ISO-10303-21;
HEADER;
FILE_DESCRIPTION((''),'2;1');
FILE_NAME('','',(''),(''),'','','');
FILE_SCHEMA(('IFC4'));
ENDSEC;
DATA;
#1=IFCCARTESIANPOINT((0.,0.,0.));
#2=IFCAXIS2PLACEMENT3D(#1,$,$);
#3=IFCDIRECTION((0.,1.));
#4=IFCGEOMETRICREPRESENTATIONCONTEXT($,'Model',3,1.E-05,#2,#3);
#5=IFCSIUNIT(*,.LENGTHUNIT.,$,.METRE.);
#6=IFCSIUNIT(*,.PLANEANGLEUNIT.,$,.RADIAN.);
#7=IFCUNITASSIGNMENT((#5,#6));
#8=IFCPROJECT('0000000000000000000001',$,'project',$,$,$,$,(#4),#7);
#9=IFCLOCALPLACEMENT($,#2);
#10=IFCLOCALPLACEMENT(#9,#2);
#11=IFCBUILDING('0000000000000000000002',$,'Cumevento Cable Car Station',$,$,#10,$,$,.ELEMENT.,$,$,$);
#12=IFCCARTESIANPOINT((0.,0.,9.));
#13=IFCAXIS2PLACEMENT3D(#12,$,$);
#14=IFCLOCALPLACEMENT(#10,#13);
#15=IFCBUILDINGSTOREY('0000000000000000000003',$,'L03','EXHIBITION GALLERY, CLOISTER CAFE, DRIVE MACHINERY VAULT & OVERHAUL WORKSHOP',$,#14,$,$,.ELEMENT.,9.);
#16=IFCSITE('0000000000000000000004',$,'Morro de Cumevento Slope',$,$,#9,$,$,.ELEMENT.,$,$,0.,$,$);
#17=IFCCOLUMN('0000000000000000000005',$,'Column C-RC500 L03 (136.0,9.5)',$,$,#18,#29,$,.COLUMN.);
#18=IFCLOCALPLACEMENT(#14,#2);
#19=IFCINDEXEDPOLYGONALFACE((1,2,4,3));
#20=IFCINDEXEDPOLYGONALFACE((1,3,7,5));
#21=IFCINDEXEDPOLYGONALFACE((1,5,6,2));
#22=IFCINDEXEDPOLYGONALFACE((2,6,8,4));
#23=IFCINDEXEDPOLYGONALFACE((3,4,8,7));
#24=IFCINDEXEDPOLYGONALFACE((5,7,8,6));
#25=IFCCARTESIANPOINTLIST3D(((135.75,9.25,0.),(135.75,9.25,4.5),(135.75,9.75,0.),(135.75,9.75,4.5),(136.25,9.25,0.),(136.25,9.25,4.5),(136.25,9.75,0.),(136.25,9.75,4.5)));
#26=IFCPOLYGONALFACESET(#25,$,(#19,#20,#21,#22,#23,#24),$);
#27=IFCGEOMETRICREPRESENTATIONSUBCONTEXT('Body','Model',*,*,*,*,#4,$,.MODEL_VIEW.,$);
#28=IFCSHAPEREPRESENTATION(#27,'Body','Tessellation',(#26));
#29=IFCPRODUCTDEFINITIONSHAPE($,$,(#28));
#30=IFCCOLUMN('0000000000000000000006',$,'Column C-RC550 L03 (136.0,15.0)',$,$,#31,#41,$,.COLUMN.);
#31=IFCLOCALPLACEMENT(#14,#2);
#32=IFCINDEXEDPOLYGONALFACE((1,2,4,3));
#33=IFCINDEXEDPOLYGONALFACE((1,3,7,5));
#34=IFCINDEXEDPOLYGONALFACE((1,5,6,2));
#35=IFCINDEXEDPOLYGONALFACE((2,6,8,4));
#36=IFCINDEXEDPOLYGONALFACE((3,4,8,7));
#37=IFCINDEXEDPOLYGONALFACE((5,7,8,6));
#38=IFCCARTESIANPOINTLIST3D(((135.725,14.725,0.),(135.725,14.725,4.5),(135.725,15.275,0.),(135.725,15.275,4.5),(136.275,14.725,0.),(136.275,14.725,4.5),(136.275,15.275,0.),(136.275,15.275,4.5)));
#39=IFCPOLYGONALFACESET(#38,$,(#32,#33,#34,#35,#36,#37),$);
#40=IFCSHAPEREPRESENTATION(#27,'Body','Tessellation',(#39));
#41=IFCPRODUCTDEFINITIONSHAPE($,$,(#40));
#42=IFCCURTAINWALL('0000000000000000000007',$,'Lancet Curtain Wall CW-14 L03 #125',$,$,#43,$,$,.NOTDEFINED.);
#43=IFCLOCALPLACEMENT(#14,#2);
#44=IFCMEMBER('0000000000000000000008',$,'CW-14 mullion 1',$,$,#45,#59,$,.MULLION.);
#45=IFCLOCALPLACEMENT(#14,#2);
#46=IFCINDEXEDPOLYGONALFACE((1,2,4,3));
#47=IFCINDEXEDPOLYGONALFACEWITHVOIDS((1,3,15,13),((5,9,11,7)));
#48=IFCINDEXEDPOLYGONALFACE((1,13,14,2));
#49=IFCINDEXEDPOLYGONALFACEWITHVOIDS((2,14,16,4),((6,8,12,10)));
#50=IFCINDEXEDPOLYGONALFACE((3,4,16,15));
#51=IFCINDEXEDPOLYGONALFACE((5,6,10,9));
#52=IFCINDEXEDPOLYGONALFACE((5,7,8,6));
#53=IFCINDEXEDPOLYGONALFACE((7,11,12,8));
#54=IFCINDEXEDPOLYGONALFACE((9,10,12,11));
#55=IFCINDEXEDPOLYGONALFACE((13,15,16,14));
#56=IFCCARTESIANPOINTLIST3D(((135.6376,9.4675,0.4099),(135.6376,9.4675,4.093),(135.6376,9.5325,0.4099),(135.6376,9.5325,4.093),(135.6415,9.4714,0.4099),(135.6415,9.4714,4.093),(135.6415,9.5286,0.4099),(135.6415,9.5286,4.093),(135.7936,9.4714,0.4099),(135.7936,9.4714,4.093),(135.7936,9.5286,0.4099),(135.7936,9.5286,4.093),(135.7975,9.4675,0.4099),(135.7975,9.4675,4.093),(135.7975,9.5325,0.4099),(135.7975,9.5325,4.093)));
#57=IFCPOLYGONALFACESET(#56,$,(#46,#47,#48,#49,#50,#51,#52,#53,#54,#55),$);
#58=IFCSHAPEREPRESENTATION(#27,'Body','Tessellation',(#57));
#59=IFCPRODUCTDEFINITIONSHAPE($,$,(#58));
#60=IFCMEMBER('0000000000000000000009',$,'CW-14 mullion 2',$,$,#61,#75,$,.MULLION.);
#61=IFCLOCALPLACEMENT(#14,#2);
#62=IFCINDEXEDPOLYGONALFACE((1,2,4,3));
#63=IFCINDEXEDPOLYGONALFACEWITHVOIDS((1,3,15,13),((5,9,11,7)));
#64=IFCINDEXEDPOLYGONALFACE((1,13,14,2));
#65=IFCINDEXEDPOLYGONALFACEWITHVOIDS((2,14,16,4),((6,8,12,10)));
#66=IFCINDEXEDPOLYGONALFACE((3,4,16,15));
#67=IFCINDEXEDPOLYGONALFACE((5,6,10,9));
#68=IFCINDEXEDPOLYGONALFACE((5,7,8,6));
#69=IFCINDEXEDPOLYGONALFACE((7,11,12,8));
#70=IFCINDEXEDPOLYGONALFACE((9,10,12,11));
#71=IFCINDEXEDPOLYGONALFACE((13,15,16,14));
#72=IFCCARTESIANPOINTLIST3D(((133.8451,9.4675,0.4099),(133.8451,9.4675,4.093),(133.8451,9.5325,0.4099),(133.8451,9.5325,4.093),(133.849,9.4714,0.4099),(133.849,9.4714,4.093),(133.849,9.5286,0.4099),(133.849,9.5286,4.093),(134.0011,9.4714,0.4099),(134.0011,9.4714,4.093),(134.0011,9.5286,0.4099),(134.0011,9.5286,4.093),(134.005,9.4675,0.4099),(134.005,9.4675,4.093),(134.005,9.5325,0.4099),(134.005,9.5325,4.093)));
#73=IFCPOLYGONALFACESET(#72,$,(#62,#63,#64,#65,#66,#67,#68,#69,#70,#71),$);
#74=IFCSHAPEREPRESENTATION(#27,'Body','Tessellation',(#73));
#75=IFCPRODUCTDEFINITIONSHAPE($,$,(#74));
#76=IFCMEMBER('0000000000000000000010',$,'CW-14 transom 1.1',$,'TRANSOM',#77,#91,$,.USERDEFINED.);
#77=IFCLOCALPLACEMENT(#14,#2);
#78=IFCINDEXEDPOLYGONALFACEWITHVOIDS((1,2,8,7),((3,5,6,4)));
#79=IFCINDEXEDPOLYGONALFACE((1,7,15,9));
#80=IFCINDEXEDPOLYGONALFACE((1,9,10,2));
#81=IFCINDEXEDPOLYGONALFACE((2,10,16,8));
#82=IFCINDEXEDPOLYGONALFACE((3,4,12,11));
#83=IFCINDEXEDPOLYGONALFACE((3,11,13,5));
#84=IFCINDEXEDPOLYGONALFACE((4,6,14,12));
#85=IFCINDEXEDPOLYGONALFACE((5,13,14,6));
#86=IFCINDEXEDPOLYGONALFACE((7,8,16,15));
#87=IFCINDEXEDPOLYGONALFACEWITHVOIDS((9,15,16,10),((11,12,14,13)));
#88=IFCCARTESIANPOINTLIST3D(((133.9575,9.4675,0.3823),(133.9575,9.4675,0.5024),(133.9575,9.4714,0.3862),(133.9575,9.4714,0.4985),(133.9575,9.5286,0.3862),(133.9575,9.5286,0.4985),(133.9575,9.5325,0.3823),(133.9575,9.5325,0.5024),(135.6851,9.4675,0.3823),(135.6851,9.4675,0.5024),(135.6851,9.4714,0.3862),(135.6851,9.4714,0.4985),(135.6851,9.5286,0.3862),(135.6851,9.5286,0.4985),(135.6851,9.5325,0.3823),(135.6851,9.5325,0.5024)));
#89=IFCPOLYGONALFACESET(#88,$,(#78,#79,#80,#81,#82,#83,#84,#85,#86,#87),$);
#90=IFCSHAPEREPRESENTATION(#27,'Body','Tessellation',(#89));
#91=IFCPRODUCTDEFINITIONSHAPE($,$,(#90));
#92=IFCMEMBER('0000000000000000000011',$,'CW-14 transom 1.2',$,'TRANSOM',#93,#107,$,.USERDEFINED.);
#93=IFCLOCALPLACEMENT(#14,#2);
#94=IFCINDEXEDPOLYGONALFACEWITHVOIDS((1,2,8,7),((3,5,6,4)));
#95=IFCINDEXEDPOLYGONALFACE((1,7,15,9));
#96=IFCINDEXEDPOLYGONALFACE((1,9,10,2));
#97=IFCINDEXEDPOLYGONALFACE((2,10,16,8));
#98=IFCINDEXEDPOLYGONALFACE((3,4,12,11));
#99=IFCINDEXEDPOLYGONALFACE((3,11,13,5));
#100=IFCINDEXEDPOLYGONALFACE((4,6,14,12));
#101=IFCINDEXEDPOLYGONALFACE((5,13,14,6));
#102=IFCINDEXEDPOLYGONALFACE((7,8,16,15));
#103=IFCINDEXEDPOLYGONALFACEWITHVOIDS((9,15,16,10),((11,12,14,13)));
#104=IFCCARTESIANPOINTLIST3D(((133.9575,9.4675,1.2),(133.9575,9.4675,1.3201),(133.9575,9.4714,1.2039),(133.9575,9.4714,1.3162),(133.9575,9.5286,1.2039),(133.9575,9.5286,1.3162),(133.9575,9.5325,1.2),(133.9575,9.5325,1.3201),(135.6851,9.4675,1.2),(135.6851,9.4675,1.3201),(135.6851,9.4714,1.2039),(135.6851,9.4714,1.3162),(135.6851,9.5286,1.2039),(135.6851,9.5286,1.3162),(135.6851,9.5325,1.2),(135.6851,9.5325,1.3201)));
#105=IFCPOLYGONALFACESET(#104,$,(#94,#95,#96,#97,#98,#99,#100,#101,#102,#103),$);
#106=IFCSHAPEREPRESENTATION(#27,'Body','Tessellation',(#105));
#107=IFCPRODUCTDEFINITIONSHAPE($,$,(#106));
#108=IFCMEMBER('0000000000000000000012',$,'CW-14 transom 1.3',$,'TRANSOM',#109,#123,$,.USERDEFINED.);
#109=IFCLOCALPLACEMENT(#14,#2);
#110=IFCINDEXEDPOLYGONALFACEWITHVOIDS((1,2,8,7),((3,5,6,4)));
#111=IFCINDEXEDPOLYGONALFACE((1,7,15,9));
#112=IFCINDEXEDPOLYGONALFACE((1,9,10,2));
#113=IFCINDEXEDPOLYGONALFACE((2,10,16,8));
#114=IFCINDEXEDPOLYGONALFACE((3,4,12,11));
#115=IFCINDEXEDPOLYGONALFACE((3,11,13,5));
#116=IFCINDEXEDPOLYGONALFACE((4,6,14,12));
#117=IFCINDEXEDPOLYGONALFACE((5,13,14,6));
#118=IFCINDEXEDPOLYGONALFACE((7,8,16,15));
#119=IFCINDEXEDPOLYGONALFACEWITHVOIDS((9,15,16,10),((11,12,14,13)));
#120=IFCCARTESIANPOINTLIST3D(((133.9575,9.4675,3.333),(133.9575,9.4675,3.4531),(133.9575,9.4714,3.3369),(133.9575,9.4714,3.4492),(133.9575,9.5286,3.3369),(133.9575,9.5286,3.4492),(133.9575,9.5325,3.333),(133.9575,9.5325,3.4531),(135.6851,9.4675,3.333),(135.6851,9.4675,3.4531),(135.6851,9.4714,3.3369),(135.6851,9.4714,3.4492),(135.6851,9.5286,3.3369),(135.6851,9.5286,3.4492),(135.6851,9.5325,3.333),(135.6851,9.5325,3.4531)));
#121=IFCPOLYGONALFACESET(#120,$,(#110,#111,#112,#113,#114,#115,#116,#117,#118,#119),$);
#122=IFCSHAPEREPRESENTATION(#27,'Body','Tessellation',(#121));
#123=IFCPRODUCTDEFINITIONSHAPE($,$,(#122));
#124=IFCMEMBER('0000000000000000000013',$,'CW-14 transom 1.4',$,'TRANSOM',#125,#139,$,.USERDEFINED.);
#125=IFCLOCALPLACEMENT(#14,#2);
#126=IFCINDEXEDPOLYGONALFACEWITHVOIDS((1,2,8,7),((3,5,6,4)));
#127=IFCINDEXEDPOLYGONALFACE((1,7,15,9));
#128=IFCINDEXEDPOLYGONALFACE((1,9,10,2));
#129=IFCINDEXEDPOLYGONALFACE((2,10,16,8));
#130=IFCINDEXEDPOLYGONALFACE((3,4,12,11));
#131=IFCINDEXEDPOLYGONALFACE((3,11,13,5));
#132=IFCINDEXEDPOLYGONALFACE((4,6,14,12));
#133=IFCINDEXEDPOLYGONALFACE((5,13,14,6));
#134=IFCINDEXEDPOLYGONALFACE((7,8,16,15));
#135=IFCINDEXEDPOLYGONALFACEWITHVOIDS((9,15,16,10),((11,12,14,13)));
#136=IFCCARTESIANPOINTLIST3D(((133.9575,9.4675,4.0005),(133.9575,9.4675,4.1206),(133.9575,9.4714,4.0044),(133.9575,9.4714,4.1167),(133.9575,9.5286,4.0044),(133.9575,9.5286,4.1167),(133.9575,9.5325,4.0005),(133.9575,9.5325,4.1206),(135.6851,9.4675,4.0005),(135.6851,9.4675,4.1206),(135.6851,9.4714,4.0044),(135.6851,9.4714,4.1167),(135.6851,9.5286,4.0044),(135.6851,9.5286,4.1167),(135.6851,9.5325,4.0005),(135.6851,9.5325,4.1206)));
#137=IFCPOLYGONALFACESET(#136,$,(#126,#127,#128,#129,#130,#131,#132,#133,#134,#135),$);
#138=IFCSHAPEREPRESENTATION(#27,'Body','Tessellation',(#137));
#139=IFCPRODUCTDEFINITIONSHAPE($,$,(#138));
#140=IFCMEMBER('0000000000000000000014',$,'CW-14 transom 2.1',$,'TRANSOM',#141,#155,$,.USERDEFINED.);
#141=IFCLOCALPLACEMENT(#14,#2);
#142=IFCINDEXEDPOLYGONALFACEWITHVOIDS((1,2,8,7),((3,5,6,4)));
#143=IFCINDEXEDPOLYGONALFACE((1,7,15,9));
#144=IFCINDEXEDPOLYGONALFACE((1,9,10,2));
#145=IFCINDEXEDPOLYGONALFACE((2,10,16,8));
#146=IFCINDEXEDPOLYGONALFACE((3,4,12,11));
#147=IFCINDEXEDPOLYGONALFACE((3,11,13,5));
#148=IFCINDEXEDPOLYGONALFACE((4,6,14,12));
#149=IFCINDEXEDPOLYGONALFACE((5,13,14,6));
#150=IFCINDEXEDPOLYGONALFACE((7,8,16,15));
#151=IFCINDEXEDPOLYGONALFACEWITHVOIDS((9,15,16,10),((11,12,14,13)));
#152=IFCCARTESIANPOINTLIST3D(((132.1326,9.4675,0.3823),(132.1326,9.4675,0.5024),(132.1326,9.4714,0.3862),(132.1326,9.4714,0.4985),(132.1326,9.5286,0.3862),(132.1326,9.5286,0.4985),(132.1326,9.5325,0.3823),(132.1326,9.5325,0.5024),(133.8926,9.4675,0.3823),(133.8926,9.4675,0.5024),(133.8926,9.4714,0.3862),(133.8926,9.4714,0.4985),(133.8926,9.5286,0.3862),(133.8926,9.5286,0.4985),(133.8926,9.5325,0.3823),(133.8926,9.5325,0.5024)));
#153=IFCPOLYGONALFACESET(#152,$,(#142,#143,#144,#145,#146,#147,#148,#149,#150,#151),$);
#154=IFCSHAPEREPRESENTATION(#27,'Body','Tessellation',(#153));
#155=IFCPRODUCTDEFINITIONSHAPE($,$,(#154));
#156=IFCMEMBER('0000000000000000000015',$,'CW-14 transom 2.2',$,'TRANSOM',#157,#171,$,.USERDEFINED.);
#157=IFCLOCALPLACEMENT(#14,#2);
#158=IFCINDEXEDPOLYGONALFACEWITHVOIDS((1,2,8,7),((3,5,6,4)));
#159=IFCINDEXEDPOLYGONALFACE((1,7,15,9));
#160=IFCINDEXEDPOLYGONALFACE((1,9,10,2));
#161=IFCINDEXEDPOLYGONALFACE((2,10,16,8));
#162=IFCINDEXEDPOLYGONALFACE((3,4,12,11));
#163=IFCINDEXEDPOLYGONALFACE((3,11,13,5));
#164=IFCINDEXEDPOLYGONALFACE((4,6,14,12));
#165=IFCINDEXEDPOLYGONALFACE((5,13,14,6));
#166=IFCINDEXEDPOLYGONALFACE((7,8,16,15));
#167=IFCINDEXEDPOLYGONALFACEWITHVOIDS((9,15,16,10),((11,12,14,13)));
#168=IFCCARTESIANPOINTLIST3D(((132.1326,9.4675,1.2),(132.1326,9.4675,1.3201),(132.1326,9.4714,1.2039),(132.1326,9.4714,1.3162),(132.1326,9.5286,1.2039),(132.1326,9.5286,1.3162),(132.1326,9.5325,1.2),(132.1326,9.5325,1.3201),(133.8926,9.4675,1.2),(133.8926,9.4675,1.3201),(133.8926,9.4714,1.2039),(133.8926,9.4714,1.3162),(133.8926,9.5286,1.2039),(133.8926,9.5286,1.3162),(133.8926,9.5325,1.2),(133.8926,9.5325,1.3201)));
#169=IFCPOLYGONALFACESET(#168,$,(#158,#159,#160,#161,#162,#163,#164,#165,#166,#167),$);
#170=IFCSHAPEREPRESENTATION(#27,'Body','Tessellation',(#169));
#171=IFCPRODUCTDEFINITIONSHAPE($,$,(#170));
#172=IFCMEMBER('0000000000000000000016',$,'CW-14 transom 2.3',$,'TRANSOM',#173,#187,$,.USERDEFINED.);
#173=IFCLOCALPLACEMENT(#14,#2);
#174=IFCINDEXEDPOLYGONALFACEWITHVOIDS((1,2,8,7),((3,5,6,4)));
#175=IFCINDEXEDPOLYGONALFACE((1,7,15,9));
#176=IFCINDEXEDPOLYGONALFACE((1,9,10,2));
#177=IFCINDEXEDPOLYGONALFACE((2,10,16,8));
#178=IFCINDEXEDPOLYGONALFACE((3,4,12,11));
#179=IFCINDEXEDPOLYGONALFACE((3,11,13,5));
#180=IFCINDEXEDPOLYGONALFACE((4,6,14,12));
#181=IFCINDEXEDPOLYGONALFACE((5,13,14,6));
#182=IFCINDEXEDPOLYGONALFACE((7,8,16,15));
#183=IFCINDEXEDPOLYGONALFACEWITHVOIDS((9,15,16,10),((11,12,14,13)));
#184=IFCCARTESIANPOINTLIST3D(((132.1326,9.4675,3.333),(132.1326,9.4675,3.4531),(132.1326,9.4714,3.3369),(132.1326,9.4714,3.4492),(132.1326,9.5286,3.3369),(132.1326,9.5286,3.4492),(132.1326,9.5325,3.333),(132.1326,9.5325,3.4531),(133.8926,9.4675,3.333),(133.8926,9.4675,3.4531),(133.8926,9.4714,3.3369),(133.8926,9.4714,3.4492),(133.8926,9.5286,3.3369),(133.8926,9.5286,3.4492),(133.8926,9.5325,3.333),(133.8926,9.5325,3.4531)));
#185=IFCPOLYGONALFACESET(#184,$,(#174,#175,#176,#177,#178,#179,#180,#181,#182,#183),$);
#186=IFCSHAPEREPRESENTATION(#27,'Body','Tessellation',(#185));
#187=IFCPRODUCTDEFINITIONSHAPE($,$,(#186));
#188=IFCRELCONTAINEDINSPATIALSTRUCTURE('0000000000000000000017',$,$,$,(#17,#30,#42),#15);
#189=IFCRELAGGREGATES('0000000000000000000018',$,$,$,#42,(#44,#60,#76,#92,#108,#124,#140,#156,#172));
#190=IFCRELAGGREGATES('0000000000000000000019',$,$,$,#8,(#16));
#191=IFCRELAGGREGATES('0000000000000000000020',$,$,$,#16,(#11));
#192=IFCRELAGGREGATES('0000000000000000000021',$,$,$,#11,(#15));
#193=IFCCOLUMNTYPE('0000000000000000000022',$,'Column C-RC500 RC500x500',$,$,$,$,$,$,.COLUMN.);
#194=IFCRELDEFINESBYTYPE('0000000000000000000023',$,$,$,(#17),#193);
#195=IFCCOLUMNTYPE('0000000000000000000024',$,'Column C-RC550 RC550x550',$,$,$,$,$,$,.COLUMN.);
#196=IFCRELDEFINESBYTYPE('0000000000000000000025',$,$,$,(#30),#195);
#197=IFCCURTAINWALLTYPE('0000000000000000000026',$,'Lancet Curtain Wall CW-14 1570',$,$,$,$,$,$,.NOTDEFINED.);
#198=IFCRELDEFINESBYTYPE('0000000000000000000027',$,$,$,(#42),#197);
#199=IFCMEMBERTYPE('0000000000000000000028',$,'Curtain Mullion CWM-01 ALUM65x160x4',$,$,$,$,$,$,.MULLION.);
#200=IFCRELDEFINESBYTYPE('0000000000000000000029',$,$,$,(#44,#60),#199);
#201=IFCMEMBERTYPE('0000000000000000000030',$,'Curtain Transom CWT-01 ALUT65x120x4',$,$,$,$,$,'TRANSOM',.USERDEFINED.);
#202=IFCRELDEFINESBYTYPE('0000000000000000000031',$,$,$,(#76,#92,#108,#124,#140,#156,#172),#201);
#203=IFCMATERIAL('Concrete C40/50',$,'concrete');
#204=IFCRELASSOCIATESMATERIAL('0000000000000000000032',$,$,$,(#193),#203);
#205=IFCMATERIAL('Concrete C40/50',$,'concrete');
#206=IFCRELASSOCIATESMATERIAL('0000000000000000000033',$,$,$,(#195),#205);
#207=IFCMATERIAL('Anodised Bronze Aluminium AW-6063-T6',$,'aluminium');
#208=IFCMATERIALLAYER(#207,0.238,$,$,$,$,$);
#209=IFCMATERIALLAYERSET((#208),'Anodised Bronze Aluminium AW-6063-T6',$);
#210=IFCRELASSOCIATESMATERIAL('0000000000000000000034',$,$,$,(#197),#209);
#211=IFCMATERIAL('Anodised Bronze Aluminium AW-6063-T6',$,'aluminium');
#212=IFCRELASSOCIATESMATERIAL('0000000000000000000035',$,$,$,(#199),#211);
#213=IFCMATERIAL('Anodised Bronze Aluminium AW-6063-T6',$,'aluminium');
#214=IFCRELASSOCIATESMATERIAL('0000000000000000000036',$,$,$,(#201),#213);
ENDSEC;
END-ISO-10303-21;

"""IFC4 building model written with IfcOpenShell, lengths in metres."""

from ifc_helpers import new_model, si_unit, direction, frame, origin, origin_2d, place, context, subcontext, project, spatial, rectangle, hollow_rectangle, extrude, material, layer, layer_set, material_profile, profile_set, type_object, element, aggregate, save


model = new_model("IFC4")

# Units and contexts
model_context = context("Model", 3, precision=1e-05, world=origin(), true_north=direction((0.0, 1.0)))
body_context = subcontext(model_context, "Body", "Model", "MODEL_VIEW")
ifc_project = project(units=[si_unit("LENGTHUNIT", "METRE"), si_unit("PLANEANGLEUNIT", "RADIAN")], contexts=[model_context])

# Site, building, storey
site_placement = place(None, origin())
site = spatial("IfcSite", under=ifc_project, at=site_placement, Name="Morro de Cumevento Slope", CompositionType="ELEMENT", RefElevation=0.0)
building_placement = place(site_placement, origin())
building = spatial("IfcBuilding", under=site, at=building_placement, Name="Cumevento Cable Car Station", CompositionType="ELEMENT")
storey_placement = place(building_placement, frame((0.0, 0.0, 9.0)))
storey = spatial("IfcBuildingStorey", under=building, at=storey_placement, Name="L03", Description="EXHIBITION GALLERY, CLOISTER CAFE, DRIVE MACHINERY VAULT & OVERHAUL WORKSHOP", CompositionType="ELEMENT", Elevation=9.0)

# Columns
ifc_material_1 = material(Name="Concrete C40/50", Category="concrete")
ifc_material_profile_1 = material_profile(ifc_material_1, rectangle(XDim=0.5, YDim=0.5, at=origin_2d()), Name="RC500x500")
ifc_profile_set_1 = profile_set([ifc_material_profile_1], Name="Concrete C40/50")
column_type_1 = type_object("IfcColumnType", Name="Column C-RC500 RC500x500", PredefinedType="COLUMN", material=ifc_profile_set_1)
column_1_placement = place(storey_placement, frame((136.0, 9.5, 0.0), z_axis=(0.0, 0.0, 1.0), x_axis=(1.0, 0.0, 0.0)))
element("IfcColumn", 1, at=column_1_placement, inside=storey, type_object=column_type_1, Name="Column C-RC500 L03 (136.0,9.5)", PredefinedType="COLUMN", context=body_context, shape_type="SweptSolid", body=[
    extrude(rectangle(XDim=0.5, YDim=0.5, at=origin_2d()), origin(), (0.0, 0.0, 1.0), 4.5),
])
ifc_material_2 = material(Name="Concrete C40/50", Category="concrete")
ifc_material_profile_2 = material_profile(ifc_material_2, rectangle(XDim=0.55, YDim=0.55, at=origin_2d()), Name="RC550x550")
ifc_profile_set_2 = profile_set([ifc_material_profile_2], Name="Concrete C40/50")
column_type_2 = type_object("IfcColumnType", Name="Column C-RC550 RC550x550", PredefinedType="COLUMN", material=ifc_profile_set_2)
column_2_placement = place(storey_placement, frame((136.0, 15.0, 0.0), z_axis=(0.0, 0.0, 1.0), x_axis=(1.0, 0.0, 0.0)))
element("IfcColumn", 2, at=column_2_placement, inside=storey, type_object=column_type_2, Name="Column C-RC550 L03 (136.0,15.0)", PredefinedType="COLUMN", context=body_context, shape_type="SweptSolid", body=[
    extrude(rectangle(XDim=0.55, YDim=0.55, at=origin_2d()), origin(), (0.0, 0.0, 1.0), 4.5),
])

# Curtain wall, members
ifc_material_3 = material(Name="Anodised Bronze Aluminium AW-6063-T6", Category="aluminium")
ifc_layer_1 = layer(ifc_material_3, 0.238)
ifc_layer_set_1 = layer_set([ifc_layer_1], Name="Anodised Bronze Aluminium AW-6063-T6")
curtain_wall_type = type_object("IfcCurtainWallType", Name="Lancet Curtain Wall CW-14 1570", PredefinedType="NOTDEFINED", material=ifc_layer_set_1)
curtain_wall_placement = place(storey_placement, origin())
curtain_wall = element("IfcCurtainWall", 3, at=curtain_wall_placement, inside=storey, type_object=curtain_wall_type, Name="Lancet Curtain Wall CW-14 L03 #125", PredefinedType="NOTDEFINED")
ifc_material_4 = material(Name="Anodised Bronze Aluminium AW-6063-T6", Category="aluminium")
ifc_material_profile_3 = material_profile(ifc_material_4, hollow_rectangle(XDim=0.0649, YDim=0.1599, WallThickness=0.0039, at=origin_2d()), Name="ALUM65x160x4")
ifc_profile_set_3 = profile_set([ifc_material_profile_3], Name="Anodised Bronze Aluminium AW-6063-T6")
member_type_1 = type_object("IfcMemberType", Name="Curtain Mullion CWM-01 ALUM65x160x4", PredefinedType="MULLION", material=ifc_profile_set_3)
member_1_placement = place(storey_placement, frame((135.7175, 9.5, 0.4099), z_axis=(0.0, 0.0, 1.0), x_axis=(0.0, -1.0, 0.0)))
member_1 = element("IfcMember", 4, at=member_1_placement, type_object=member_type_1, Name="CW-14 mullion 1", PredefinedType="MULLION", context=body_context, shape_type="SweptSolid", body=[
    extrude(hollow_rectangle(XDim=0.0649, YDim=0.1599, WallThickness=0.0039, at=origin_2d()), origin(), (0.0, 0.0, 1.0), 3.6831),
])
member_2_placement = place(storey_placement, frame((133.925, 9.5, 0.4099), z_axis=(0.0, 0.0, 1.0), x_axis=(0.0, -1.0, 0.0)))
member_2 = element("IfcMember", 5, at=member_2_placement, type_object=member_type_1, Name="CW-14 mullion 2", PredefinedType="MULLION", context=body_context, shape_type="SweptSolid", body=[
    extrude(hollow_rectangle(XDim=0.0649, YDim=0.1599, WallThickness=0.0039, at=origin_2d()), origin(), (0.0, 0.0, 1.0), 3.6831),
])
ifc_material_5 = material(Name="Anodised Bronze Aluminium AW-6063-T6", Category="aluminium")
ifc_material_profile_4 = material_profile(ifc_material_5, hollow_rectangle(XDim=0.0649, YDim=0.1201, WallThickness=0.0039, at=origin_2d()), Name="ALUT65x120x4")
ifc_profile_set_4 = profile_set([ifc_material_profile_4], Name="Anodised Bronze Aluminium AW-6063-T6")
member_type_2 = type_object("IfcMemberType", Name="Curtain Transom CWT-01 ALUT65x120x4", ElementType="TRANSOM", PredefinedType="USERDEFINED", material=ifc_profile_set_4)
member_3_placement = place(storey_placement, frame((135.6851, 9.5, 0.4424), z_axis=(-1.0, 0.0, 0.0), x_axis=(0.0, -1.0, 0.0)))
member_3 = element("IfcMember", 6, at=member_3_placement, type_object=member_type_2, Name="CW-14 transom 1.1", ObjectType="TRANSOM", PredefinedType="USERDEFINED", context=body_context, shape_type="SweptSolid", body=[
    extrude(hollow_rectangle(XDim=0.0649, YDim=0.1201, WallThickness=0.0039, at=origin_2d()), origin(), (0.0, 0.0, 1.0), 1.7275),
])
member_4_placement = place(storey_placement, frame((135.6851, 9.5, 1.26), z_axis=(-1.0, 0.0, 0.0), x_axis=(0.0, -1.0, 0.0)))
member_4 = element("IfcMember", 7, at=member_4_placement, type_object=member_type_2, Name="CW-14 transom 1.2", ObjectType="TRANSOM", PredefinedType="USERDEFINED", context=body_context, shape_type="SweptSolid", body=[
    extrude(hollow_rectangle(XDim=0.0649, YDim=0.1201, WallThickness=0.0039, at=origin_2d()), origin(), (0.0, 0.0, 1.0), 1.7275),
])
member_5_placement = place(storey_placement, frame((135.6851, 9.5, 3.3931), z_axis=(-1.0, 0.0, 0.0), x_axis=(0.0, -1.0, 0.0)))
member_5 = element("IfcMember", 8, at=member_5_placement, type_object=member_type_2, Name="CW-14 transom 1.3", ObjectType="TRANSOM", PredefinedType="USERDEFINED", context=body_context, shape_type="SweptSolid", body=[
    extrude(hollow_rectangle(XDim=0.0649, YDim=0.1201, WallThickness=0.0039, at=origin_2d()), origin(), (0.0, 0.0, 1.0), 1.7275),
])
member_6_placement = place(storey_placement, frame((135.6851, 9.5, 4.0605), z_axis=(-1.0, 0.0, 0.0), x_axis=(0.0, -1.0, 0.0)))
member_6 = element("IfcMember", 9, at=member_6_placement, type_object=member_type_2, Name="CW-14 transom 1.4", ObjectType="TRANSOM", PredefinedType="USERDEFINED", context=body_context, shape_type="SweptSolid", body=[
    extrude(hollow_rectangle(XDim=0.0649, YDim=0.1201, WallThickness=0.0039, at=origin_2d()), origin(), (0.0, 0.0, 1.0), 1.7275),
])
member_7_placement = place(storey_placement, frame((133.8926, 9.5, 0.4424), z_axis=(-1.0, 0.0, 0.0), x_axis=(0.0, -1.0, 0.0)))
member_7 = element("IfcMember", 10, at=member_7_placement, type_object=member_type_2, Name="CW-14 transom 2.1", ObjectType="TRANSOM", PredefinedType="USERDEFINED", context=body_context, shape_type="SweptSolid", body=[
    extrude(hollow_rectangle(XDim=0.0649, YDim=0.1201, WallThickness=0.0039, at=origin_2d()), origin(), (0.0, 0.0, 1.0), 1.76),
])
member_8_placement = place(storey_placement, frame((133.8926, 9.5, 1.26), z_axis=(-1.0, 0.0, 0.0), x_axis=(0.0, -1.0, 0.0)))
member_8 = element("IfcMember", 11, at=member_8_placement, type_object=member_type_2, Name="CW-14 transom 2.2", ObjectType="TRANSOM", PredefinedType="USERDEFINED", context=body_context, shape_type="SweptSolid", body=[
    extrude(hollow_rectangle(XDim=0.0649, YDim=0.1201, WallThickness=0.0039, at=origin_2d()), origin(), (0.0, 0.0, 1.0), 1.76),
])
member_9_placement = place(storey_placement, frame((133.8926, 9.5, 3.3931), z_axis=(-1.0, 0.0, 0.0), x_axis=(0.0, -1.0, 0.0)))
member_9 = element("IfcMember", 12, at=member_9_placement, type_object=member_type_2, Name="CW-14 transom 2.3", ObjectType="TRANSOM", PredefinedType="USERDEFINED", context=body_context, shape_type="SweptSolid", body=[
    extrude(hollow_rectangle(XDim=0.0649, YDim=0.1201, WallThickness=0.0039, at=origin_2d()), origin(), (0.0, 0.0, 1.0), 1.76),
])

aggregate(curtain_wall, [member_1, member_2, member_3, member_4, member_5, member_6, member_7, member_8, member_9])

save(model, "model.ifc")
